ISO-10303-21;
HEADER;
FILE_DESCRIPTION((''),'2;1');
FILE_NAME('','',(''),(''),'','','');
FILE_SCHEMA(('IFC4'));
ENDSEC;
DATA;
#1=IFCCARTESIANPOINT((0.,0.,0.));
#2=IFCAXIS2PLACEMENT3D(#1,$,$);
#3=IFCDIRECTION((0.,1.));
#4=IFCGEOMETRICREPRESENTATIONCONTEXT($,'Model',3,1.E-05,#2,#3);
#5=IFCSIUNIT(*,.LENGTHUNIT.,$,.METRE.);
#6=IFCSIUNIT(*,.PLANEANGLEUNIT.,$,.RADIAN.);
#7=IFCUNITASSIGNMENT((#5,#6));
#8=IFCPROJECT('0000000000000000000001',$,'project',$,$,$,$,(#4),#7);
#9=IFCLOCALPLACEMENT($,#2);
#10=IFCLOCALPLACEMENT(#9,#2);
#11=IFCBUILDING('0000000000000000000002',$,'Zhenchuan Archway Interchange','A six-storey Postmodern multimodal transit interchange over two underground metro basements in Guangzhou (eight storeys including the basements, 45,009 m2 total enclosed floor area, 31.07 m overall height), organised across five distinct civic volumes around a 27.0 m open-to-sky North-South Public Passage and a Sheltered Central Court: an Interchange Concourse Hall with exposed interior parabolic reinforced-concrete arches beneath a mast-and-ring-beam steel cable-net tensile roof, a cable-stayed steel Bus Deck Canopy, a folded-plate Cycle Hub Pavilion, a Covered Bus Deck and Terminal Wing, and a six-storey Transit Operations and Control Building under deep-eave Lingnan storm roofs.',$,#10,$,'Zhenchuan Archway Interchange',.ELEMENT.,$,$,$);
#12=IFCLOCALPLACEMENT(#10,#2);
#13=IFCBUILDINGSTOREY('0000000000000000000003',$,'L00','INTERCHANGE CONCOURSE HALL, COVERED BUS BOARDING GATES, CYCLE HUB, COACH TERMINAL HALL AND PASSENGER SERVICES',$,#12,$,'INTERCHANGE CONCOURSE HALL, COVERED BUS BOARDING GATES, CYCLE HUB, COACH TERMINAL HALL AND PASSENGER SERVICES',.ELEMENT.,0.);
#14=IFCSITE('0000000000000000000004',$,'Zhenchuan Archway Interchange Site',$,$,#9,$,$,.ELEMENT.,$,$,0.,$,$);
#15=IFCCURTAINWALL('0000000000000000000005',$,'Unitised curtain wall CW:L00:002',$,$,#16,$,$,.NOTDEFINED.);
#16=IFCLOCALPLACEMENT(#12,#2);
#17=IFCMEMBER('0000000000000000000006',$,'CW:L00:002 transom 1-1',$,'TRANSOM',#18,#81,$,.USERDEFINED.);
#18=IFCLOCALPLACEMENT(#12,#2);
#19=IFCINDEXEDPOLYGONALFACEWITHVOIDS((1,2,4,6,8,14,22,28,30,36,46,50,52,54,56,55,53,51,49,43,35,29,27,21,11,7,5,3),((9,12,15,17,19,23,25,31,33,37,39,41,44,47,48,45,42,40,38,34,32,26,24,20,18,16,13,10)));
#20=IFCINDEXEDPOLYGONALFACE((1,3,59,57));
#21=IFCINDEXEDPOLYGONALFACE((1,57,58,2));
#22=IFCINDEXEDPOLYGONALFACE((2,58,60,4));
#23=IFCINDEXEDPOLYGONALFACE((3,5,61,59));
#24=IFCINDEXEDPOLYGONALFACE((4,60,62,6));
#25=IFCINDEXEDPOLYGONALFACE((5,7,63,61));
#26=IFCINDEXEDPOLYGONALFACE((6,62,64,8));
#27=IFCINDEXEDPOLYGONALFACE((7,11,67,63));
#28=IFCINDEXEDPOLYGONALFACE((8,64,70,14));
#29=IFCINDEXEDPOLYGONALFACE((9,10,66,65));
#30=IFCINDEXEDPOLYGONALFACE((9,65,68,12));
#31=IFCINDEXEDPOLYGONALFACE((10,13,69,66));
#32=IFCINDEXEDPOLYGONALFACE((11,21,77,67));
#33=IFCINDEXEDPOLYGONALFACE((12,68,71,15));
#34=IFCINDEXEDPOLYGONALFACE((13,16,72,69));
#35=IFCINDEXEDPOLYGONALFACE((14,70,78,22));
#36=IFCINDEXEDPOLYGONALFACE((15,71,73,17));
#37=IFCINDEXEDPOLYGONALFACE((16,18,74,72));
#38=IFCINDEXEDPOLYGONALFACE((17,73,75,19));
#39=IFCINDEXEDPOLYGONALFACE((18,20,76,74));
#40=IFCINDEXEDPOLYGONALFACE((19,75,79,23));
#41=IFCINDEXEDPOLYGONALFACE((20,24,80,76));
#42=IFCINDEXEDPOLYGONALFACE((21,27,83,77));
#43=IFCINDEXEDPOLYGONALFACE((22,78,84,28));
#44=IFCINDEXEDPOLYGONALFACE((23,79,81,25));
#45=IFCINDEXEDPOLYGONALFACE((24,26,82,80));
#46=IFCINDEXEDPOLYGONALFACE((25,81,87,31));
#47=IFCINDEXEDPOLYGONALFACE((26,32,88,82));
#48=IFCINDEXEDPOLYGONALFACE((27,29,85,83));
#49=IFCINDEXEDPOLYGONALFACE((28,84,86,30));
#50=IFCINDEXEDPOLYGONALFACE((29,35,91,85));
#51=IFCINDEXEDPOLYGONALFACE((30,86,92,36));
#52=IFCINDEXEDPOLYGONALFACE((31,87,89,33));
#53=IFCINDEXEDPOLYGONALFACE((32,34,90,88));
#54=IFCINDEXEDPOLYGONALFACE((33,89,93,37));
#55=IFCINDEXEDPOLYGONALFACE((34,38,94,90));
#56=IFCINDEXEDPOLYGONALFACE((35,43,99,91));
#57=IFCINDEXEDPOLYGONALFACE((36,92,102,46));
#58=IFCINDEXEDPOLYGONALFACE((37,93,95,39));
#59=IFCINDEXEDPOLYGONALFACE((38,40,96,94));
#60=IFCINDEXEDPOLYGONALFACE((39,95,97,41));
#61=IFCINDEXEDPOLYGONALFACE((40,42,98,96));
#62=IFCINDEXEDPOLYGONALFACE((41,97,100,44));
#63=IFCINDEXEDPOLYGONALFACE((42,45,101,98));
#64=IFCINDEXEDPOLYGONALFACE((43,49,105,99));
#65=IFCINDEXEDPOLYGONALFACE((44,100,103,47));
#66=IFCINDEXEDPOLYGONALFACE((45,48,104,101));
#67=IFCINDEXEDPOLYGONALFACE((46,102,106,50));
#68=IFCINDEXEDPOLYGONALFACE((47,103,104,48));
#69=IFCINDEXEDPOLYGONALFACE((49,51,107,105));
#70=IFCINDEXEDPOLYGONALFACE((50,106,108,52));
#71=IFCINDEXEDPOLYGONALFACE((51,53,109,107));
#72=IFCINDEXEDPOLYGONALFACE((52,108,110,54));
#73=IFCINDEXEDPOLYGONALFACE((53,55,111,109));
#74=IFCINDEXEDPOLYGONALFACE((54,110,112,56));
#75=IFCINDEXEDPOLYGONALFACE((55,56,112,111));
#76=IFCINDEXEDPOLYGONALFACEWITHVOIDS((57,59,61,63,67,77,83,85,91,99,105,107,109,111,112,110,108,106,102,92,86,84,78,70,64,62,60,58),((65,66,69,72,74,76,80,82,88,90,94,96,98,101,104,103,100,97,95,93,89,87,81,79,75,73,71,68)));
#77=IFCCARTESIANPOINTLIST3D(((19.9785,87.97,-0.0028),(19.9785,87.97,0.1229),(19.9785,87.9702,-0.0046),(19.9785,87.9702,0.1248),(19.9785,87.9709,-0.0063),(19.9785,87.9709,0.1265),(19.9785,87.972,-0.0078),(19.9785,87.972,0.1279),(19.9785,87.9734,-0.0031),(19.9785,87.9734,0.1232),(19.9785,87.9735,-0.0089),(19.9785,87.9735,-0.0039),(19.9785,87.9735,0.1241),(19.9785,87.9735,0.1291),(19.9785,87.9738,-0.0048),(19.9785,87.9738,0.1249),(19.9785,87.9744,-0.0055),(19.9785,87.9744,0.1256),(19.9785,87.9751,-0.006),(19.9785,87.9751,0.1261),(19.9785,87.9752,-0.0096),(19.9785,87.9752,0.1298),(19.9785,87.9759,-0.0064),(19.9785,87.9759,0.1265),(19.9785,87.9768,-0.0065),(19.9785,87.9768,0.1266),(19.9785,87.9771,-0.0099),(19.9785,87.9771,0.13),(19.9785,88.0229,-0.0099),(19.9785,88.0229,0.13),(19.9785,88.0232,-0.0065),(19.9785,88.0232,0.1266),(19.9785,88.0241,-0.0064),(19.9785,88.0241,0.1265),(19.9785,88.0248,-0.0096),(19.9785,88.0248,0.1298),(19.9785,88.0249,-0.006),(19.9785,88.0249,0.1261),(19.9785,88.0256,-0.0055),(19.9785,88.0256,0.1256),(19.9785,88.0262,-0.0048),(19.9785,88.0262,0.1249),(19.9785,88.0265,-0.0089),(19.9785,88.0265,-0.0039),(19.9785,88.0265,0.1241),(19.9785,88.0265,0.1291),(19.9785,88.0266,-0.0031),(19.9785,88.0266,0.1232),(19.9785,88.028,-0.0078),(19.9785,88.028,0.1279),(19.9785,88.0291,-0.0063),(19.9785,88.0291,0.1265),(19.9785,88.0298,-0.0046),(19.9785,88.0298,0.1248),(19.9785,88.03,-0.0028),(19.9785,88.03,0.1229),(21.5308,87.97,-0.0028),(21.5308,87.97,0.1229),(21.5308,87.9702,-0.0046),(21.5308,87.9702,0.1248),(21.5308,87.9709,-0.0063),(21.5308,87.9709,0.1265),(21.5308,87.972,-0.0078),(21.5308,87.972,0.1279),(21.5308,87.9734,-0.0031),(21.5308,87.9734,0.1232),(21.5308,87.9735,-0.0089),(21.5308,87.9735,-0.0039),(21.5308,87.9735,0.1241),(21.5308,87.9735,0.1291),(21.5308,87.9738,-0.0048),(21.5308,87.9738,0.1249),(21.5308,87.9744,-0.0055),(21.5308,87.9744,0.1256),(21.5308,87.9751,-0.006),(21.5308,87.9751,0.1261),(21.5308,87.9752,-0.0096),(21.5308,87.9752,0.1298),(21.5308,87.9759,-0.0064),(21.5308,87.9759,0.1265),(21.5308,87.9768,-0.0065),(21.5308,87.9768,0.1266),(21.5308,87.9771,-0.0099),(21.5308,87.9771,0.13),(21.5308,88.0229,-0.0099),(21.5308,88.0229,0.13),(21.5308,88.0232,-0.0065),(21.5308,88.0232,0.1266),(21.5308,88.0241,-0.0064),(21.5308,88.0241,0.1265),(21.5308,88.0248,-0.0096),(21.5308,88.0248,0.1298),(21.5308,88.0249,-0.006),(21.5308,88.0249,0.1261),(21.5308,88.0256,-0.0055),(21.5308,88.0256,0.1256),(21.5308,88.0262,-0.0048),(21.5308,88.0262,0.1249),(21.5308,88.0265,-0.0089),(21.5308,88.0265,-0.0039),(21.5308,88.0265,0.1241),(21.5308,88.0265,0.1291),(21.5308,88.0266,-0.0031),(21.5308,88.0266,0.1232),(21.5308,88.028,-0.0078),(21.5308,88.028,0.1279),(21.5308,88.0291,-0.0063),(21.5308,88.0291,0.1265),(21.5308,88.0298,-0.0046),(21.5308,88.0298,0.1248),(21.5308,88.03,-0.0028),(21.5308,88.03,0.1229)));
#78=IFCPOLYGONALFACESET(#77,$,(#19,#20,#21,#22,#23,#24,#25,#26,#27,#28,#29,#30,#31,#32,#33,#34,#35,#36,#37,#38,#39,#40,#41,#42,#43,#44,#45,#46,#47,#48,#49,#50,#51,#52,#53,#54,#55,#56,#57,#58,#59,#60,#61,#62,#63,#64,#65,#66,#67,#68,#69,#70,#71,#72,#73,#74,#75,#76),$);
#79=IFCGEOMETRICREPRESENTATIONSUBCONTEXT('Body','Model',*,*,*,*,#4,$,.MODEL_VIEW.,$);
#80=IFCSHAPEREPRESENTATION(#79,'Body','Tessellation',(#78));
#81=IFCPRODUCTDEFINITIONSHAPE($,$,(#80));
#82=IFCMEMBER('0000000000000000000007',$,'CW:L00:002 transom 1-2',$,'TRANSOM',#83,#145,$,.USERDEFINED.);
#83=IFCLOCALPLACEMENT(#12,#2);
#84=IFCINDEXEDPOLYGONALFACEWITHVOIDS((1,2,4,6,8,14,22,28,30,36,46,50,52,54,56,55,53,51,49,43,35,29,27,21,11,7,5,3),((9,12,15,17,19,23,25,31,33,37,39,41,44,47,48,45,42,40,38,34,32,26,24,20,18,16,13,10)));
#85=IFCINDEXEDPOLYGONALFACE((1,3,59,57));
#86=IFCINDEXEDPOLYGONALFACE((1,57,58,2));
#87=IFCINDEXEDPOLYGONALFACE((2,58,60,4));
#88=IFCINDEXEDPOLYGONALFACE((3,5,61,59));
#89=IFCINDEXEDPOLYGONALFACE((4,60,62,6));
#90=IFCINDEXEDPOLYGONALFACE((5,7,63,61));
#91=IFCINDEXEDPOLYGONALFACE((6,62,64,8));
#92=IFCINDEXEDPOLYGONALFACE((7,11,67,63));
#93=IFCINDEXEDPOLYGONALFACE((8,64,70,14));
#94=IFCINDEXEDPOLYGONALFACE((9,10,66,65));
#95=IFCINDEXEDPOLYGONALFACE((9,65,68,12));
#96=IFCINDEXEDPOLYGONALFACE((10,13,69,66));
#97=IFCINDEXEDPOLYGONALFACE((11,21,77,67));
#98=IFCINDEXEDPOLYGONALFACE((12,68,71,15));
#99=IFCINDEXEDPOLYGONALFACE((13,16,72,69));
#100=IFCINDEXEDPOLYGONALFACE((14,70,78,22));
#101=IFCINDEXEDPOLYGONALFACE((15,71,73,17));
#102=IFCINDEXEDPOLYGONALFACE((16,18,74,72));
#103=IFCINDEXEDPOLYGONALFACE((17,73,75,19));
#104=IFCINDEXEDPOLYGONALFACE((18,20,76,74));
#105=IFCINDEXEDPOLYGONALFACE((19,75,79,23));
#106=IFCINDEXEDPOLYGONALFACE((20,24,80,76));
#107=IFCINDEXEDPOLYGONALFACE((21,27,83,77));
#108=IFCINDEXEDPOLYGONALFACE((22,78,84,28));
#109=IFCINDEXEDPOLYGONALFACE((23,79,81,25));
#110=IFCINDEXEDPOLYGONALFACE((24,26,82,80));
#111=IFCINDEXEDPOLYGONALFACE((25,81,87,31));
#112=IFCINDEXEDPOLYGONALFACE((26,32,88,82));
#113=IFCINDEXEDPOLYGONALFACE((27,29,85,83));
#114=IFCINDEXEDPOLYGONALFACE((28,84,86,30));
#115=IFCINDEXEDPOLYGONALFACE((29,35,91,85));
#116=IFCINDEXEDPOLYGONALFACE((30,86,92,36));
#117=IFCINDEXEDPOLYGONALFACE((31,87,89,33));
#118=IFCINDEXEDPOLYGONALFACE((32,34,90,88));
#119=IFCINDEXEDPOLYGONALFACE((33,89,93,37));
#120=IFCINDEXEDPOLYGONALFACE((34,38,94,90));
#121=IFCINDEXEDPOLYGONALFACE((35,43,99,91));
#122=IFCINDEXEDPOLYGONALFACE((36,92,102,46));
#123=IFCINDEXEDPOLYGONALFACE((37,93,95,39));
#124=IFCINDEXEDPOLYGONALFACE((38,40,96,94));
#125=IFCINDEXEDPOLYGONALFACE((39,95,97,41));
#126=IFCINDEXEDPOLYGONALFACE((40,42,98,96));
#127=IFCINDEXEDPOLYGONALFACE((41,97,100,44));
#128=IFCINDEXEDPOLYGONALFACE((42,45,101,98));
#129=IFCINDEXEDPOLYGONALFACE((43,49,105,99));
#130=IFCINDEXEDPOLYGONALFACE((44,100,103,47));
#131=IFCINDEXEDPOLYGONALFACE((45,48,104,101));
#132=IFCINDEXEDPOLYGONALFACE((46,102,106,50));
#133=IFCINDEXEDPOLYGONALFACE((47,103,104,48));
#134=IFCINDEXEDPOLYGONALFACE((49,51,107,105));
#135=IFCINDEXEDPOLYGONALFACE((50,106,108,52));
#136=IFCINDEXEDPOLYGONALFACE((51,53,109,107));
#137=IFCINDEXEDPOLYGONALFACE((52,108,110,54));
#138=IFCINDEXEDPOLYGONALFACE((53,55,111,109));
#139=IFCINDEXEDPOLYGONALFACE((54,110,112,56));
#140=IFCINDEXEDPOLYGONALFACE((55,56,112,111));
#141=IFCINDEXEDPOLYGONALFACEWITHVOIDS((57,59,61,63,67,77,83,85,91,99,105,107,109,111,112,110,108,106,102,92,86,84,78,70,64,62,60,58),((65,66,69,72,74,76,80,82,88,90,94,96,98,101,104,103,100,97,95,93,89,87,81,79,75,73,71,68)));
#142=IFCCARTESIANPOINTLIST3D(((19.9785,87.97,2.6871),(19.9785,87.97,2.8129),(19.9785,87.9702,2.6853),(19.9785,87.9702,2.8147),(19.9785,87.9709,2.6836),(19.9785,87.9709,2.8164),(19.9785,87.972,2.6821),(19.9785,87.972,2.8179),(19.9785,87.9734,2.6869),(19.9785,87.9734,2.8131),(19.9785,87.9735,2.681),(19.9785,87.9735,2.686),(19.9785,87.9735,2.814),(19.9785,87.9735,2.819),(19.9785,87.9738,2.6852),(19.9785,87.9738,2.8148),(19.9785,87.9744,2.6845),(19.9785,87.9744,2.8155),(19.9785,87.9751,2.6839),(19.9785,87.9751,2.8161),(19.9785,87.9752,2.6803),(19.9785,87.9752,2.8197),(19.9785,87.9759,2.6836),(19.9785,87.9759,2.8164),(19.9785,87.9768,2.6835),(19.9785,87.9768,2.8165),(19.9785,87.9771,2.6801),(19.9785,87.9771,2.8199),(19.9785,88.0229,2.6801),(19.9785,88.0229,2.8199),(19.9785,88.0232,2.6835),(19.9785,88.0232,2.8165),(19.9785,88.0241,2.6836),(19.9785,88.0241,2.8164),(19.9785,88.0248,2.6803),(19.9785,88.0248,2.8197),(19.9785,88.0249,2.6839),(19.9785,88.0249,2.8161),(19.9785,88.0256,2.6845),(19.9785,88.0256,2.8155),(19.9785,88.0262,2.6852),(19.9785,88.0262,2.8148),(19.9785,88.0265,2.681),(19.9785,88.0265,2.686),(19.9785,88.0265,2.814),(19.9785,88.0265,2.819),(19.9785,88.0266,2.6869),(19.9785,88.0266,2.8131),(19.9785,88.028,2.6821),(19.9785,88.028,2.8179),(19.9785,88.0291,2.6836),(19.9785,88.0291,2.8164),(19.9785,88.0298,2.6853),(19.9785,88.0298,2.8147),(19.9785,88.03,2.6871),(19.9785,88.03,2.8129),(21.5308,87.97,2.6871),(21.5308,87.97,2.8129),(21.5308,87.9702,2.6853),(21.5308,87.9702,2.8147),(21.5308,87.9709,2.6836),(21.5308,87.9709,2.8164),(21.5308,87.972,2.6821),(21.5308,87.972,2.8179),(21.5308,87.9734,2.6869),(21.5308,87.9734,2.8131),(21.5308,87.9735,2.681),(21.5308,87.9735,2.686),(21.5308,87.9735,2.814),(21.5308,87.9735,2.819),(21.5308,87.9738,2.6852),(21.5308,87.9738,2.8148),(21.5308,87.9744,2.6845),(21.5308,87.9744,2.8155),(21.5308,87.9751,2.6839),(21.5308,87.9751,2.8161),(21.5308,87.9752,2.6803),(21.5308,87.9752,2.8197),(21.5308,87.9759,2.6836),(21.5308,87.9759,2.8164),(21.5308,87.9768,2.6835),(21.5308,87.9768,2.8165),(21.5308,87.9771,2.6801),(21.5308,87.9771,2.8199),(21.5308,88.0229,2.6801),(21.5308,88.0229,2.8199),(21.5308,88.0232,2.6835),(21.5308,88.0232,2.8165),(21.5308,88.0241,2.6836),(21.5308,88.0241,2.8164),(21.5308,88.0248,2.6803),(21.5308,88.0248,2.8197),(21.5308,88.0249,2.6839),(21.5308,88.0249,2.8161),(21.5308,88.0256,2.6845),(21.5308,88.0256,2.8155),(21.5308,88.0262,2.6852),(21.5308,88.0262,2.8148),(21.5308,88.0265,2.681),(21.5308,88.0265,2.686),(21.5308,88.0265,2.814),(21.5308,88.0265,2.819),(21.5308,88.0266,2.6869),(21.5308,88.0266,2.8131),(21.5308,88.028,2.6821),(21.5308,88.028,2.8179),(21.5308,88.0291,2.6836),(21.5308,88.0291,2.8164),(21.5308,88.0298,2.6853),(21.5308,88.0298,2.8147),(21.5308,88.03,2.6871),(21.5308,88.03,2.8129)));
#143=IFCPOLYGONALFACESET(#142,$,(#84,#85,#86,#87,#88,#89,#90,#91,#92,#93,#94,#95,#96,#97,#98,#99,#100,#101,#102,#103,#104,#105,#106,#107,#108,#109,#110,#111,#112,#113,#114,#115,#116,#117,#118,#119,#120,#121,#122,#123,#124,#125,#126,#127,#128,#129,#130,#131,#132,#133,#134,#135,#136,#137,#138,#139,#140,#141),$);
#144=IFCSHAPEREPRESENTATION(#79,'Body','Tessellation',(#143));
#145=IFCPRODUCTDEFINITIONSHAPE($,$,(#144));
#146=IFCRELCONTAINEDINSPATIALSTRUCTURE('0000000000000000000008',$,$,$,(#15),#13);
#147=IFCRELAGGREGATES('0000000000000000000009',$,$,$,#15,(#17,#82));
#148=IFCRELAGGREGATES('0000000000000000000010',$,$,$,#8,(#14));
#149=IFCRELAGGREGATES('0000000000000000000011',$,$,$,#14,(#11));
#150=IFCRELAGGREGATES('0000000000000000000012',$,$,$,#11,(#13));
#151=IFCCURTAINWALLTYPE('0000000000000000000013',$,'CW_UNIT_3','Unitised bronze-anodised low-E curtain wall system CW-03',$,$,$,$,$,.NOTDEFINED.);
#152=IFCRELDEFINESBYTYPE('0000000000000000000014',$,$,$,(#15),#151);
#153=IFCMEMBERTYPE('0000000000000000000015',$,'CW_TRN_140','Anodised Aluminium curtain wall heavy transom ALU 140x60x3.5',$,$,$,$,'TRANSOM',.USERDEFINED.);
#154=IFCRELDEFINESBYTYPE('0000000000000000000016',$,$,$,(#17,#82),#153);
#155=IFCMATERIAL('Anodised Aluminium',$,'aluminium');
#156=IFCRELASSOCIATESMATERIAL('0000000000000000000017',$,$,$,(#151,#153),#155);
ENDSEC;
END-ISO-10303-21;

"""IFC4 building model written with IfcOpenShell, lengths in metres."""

from ifc_helpers import new_model, si_unit, direction, frame, origin, origin_2d, place, context, subcontext, project, spatial, hollow_rectangle, extrude, material, material_profile, profile_set, type_object, element, aggregate, save


model = new_model("IFC4")

# Units and contexts
model_context = context("Model", 3, precision=1e-05, world=origin(), true_north=direction((0.0, 1.0)))
body_context = subcontext(model_context, "Body", "Model", "MODEL_VIEW")
ifc_project = project(units=[si_unit("LENGTHUNIT", "METRE"), si_unit("PLANEANGLEUNIT", "RADIAN")], contexts=[model_context])

# Site, building, storey
site_placement = place(None, origin())
site = spatial("IfcSite", under=ifc_project, at=site_placement, Name="Zhenchuan Archway Interchange Site", CompositionType="ELEMENT", RefElevation=0.0)
building_placement = place(site_placement, origin())
building = spatial("IfcBuilding", under=site, at=building_placement, Name="Zhenchuan Archway Interchange", Description="A six-storey Postmodern multimodal transit interchange over two underground metro basements in Guangzhou (eight storeys including the basements, 45,009 m2 total enclosed floor area, 31.07 m overall height), organised across five distinct civic volumes around a 27.0 m open-to-sky North-South Public Passage and a Sheltered Central Court: an Interchange Concourse Hall with exposed interior parabolic reinforced-concrete arches beneath a mast-and-ring-beam steel cable-net tensile roof, a cable-stayed steel Bus Deck Canopy, a folded-plate Cycle Hub Pavilion, a Covered Bus Deck and Terminal Wing, and a six-storey Transit Operations and Control Building under deep-eave Lingnan storm roofs.", LongName="Zhenchuan Archway Interchange", CompositionType="ELEMENT")
storey_placement = place(building_placement, origin())
storey = spatial("IfcBuildingStorey", under=building, at=storey_placement, Name="L00", Description="INTERCHANGE CONCOURSE HALL, COVERED BUS BOARDING GATES, CYCLE HUB, COACH TERMINAL HALL AND PASSENGER SERVICES", LongName="INTERCHANGE CONCOURSE HALL, COVERED BUS BOARDING GATES, CYCLE HUB, COACH TERMINAL HALL AND PASSENGER SERVICES", CompositionType="ELEMENT", Elevation=0.0)

# Curtain wall, members
ifc_material_1 = material(Name="Anodised Aluminium", Category="aluminium")
curtain_wall_type = type_object("IfcCurtainWallType", Name="CW_UNIT_3", Description="Unitised bronze-anodised low-E curtain wall system CW-03", PredefinedType="NOTDEFINED", material=ifc_material_1)
curtain_wall_placement = place(storey_placement, origin())
curtain_wall = element("IfcCurtainWall", 1, at=curtain_wall_placement, inside=storey, type_object=curtain_wall_type, Name="Unitised curtain wall CW:L00:002", PredefinedType="NOTDEFINED")
ifc_material_profile_1 = material_profile(ifc_material_1, hollow_rectangle(XDim=0.0601, YDim=0.1399, WallThickness=0.0034, InnerFilletRadius=0.0034, OuterFilletRadius=0.0071, at=origin_2d()), Name="ALU 140x60x3.5")
ifc_profile_set_1 = profile_set([ifc_material_profile_1], Name="Anodised Aluminium")
member_type_1 = type_object("IfcMemberType", Name="CW_TRN_140", Description="Anodised Aluminium curtain wall heavy transom ALU 140x60x3.5", ElementType="TRANSOM", PredefinedType="USERDEFINED", material=ifc_profile_set_1)
member_1_placement = place(storey_placement, frame((19.9785, 88.0, 0.0601), z_axis=(1.0, 0.0, 0.0), x_axis=(0.0, 1.0, 0.0)))
member_1 = element("IfcMember", 2, at=member_1_placement, type_object=member_type_1, Name="CW:L00:002 transom 1-1", ObjectType="TRANSOM", PredefinedType="USERDEFINED", context=body_context, shape_type="SweptSolid", body=[
    extrude(hollow_rectangle(XDim=0.0601, YDim=0.1399, WallThickness=0.0034, InnerFilletRadius=0.0034, OuterFilletRadius=0.0071, at=origin_2d()), origin(), (0.0, 0.0, 1.0), 1.5522),
])
member_2_placement = place(storey_placement, frame((19.9785, 88.0, 2.75), z_axis=(1.0, 0.0, 0.0), x_axis=(0.0, 1.0, 0.0)))
member_2 = element("IfcMember", 3, at=member_2_placement, type_object=member_type_1, Name="CW:L00:002 transom 1-2", ObjectType="TRANSOM", PredefinedType="USERDEFINED", context=body_context, shape_type="SweptSolid", body=[
    extrude(hollow_rectangle(XDim=0.0601, YDim=0.1399, WallThickness=0.0034, InnerFilletRadius=0.0034, OuterFilletRadius=0.0071, at=origin_2d()), origin(), (0.0, 0.0, 1.0), 1.5522),
])

aggregate(curtain_wall, [member_1, member_2])

save(model, "model.ifc")
